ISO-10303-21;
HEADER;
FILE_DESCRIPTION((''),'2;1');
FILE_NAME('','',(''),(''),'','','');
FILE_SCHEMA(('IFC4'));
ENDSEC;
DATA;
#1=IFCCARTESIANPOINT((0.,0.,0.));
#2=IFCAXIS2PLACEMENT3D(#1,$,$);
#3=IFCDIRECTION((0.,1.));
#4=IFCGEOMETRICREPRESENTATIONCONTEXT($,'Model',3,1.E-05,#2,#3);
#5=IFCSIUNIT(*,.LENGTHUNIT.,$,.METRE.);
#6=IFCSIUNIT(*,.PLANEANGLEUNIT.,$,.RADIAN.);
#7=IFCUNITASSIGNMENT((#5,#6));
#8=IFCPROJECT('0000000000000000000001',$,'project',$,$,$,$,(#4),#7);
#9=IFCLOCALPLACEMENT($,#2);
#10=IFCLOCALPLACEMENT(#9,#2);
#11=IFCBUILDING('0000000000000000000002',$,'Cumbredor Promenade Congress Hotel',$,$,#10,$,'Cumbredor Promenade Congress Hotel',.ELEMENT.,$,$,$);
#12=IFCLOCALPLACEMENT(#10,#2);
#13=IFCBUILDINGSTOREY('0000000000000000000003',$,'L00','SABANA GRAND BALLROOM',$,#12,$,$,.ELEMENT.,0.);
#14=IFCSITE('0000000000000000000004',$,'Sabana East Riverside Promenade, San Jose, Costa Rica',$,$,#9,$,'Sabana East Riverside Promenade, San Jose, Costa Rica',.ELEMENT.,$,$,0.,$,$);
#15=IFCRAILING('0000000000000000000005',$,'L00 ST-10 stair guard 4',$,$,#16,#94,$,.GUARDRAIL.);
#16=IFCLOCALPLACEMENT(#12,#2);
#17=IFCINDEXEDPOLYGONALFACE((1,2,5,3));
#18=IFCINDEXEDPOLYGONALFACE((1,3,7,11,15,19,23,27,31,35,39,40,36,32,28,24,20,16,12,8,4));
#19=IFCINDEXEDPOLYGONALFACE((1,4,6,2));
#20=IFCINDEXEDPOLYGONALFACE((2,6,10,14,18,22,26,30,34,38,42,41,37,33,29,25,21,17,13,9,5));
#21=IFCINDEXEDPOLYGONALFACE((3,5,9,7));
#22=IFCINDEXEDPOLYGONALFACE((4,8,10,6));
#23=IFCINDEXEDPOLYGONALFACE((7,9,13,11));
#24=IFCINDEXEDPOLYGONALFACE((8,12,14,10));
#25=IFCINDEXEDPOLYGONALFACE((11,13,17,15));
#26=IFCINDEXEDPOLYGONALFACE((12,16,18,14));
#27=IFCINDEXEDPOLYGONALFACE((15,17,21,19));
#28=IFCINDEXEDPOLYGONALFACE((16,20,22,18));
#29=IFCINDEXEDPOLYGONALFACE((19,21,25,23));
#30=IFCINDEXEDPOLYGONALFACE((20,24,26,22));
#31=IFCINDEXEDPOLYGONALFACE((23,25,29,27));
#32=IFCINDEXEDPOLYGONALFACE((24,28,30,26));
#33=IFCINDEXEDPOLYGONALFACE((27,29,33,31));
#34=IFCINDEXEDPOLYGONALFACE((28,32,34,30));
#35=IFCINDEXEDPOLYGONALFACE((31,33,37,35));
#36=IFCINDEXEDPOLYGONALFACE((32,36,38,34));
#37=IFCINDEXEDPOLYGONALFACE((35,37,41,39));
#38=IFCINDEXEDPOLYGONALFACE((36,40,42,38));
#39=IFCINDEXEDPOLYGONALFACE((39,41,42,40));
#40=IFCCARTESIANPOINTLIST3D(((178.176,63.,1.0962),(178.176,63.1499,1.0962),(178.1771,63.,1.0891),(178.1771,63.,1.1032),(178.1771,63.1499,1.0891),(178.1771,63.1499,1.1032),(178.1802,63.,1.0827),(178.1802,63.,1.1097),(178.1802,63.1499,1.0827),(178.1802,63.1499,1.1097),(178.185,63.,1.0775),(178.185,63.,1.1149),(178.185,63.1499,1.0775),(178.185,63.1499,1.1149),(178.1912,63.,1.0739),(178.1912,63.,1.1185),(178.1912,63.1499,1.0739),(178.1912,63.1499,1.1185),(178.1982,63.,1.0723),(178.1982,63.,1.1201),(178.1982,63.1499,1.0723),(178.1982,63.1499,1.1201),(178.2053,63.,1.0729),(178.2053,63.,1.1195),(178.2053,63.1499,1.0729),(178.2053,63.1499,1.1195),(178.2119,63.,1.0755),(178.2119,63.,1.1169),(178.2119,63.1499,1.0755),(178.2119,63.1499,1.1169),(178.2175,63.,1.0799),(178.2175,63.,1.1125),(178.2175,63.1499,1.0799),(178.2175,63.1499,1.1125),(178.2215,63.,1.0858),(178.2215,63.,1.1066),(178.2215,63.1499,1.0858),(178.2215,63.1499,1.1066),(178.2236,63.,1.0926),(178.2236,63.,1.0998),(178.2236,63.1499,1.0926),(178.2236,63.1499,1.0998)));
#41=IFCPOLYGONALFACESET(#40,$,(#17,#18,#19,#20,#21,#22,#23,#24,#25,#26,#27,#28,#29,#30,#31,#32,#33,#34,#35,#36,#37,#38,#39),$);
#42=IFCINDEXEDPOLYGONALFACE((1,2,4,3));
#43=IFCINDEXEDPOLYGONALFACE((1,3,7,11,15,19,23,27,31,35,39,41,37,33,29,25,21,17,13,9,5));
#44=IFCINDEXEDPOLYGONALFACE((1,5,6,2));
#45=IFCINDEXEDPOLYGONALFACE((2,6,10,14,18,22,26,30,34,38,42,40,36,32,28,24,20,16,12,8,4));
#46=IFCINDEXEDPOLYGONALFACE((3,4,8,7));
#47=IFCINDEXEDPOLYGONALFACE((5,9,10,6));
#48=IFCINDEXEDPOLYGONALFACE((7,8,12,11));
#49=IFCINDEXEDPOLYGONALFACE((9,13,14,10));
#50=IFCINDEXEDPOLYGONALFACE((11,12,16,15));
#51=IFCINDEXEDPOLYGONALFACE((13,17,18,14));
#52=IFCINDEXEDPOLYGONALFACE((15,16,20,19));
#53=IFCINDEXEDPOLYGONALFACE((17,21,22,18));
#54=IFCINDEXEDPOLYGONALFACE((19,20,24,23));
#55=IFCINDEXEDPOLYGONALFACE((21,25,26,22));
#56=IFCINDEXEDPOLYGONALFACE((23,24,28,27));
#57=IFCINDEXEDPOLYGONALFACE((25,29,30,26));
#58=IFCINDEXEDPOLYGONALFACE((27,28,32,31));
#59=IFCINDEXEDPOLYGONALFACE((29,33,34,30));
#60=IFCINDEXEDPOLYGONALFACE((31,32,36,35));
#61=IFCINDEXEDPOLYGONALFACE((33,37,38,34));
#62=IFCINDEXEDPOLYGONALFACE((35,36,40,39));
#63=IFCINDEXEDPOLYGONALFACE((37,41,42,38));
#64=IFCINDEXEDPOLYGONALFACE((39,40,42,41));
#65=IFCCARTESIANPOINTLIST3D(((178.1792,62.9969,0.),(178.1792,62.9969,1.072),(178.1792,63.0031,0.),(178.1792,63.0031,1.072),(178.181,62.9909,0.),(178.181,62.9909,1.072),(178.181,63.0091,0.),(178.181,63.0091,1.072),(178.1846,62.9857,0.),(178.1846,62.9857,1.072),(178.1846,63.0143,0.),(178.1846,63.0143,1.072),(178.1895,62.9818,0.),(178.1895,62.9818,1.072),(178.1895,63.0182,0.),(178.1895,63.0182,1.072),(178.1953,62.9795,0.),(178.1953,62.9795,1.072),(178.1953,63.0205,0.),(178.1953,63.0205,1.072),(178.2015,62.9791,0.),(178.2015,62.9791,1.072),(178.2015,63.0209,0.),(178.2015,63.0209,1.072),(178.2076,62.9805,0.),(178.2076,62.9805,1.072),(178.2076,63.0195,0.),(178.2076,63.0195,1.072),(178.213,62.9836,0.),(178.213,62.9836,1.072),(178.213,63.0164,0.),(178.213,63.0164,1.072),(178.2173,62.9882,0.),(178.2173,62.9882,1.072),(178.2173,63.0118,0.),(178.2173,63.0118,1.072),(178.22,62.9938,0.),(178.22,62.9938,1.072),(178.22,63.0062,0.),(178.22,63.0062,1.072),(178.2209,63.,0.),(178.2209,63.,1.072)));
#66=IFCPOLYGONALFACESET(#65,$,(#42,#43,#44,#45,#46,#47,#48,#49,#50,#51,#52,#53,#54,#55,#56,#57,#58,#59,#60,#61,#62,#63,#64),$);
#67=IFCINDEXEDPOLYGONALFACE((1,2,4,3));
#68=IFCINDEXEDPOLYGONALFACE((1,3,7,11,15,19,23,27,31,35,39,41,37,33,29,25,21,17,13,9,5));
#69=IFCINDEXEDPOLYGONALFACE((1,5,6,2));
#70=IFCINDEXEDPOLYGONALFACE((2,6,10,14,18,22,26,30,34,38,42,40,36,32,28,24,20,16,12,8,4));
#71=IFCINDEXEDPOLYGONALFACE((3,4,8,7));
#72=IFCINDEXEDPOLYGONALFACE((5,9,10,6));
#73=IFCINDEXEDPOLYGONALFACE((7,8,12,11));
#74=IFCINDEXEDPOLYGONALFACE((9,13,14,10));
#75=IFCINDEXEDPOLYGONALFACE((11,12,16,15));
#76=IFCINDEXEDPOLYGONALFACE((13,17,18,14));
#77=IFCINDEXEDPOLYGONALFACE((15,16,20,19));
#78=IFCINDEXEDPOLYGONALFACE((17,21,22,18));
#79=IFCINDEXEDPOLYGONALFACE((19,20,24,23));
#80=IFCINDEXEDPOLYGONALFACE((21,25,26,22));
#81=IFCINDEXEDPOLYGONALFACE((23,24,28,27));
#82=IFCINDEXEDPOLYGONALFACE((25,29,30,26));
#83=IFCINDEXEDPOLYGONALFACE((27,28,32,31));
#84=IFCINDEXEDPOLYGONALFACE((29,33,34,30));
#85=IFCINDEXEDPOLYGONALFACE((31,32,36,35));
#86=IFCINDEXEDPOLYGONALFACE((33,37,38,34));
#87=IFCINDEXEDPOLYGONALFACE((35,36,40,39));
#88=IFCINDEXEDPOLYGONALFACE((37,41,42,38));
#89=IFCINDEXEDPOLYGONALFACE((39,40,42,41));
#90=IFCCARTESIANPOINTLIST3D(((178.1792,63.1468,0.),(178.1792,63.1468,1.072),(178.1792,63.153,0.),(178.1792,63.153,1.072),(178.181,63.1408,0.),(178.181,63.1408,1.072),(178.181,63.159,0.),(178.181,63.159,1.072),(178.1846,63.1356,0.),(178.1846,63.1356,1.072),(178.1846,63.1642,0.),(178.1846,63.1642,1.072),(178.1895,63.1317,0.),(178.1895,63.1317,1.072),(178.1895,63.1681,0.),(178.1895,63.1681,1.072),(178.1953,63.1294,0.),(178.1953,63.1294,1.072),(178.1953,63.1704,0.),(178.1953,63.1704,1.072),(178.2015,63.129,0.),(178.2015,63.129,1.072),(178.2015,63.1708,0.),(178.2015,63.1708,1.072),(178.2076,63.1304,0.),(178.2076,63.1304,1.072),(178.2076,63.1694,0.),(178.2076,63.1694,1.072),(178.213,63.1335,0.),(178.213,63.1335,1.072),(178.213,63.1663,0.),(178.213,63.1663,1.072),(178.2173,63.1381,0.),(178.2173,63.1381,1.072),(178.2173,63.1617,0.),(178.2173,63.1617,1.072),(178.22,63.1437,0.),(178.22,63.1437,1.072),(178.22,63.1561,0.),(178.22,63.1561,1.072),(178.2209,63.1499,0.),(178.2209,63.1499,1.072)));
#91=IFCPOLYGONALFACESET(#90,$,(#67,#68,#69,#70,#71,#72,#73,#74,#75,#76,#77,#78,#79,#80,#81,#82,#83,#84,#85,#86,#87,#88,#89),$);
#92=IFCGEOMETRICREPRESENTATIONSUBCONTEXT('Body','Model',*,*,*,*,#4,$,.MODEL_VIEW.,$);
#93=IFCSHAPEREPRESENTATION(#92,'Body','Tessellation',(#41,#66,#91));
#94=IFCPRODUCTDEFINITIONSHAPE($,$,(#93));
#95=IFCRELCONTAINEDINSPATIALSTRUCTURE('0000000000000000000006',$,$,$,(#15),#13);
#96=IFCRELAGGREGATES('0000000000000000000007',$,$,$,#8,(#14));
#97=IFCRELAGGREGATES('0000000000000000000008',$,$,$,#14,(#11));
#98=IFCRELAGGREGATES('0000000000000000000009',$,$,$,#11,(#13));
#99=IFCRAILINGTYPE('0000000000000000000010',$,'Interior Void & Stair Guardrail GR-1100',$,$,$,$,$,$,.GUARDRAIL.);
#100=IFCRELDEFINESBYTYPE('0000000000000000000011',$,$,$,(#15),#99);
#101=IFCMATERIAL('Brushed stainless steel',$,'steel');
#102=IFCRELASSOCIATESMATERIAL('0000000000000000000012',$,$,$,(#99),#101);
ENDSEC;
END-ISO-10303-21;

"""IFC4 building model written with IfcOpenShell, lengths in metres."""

from ifc_helpers import new_model, si_unit, direction, frame, origin, origin_2d, place, context, subcontext, project, spatial, circle, extrude, material, type_object, element, save


model = new_model("IFC4")

# Units and contexts
model_context = context("Model", 3, precision=1e-05, world=origin(), true_north=direction((0.0, 1.0)))
body_context = subcontext(model_context, "Body", "Model", "MODEL_VIEW")
ifc_project = project(units=[si_unit("LENGTHUNIT", "METRE"), si_unit("PLANEANGLEUNIT", "RADIAN")], contexts=[model_context])

# Site, building, storey
site_placement = place(None, origin())
site = spatial("IfcSite", under=ifc_project, at=site_placement, Name="Sabana East Riverside Promenade, San Jose, Costa Rica", LongName="Sabana East Riverside Promenade, San Jose, Costa Rica", CompositionType="ELEMENT", RefElevation=0.0)
building_placement = place(site_placement, origin())
building = spatial("IfcBuilding", under=site, at=building_placement, Name="Cumbredor Promenade Congress Hotel", LongName="Cumbredor Promenade Congress Hotel", CompositionType="ELEMENT")
storey_placement = place(building_placement, origin())
storey = spatial("IfcBuildingStorey", under=building, at=storey_placement, Name="L00", Description="SABANA GRAND BALLROOM", CompositionType="ELEMENT", Elevation=0.0)

# Railing
ifc_material_1 = material(Name="Brushed stainless steel", Category="steel")
railing_type_1 = type_object("IfcRailingType", Name="Interior Void & Stair Guardrail GR-1100", PredefinedType="GUARDRAIL", material=ifc_material_1)
railing_1_placement = place(storey_placement, frame((178.2, 63.0, 0.0)))
element("IfcRailing", 1, at=railing_1_placement, inside=storey, type_object=railing_type_1, Name="L00 ST-10 stair guard 4", PredefinedType="GUARDRAIL", context=body_context, shape_type="SweptSolid", body=[
    extrude(circle(Radius=0.0239, at=origin_2d()), frame((0.0, 0.0, 1.0962), z_axis=(0.0, 1.0, 0.0), x_axis=(-1.0, 0.0, 0.0)), (0.0, 0.0, 1.0), 0.1499),
    extrude(circle(Radius=0.021, at=origin_2d()), origin(), (0.0, 0.0, 1.0), 1.072),
    extrude(circle(Radius=0.021, at=origin_2d()), frame((0.0, 0.1499, 0.0)), (0.0, 0.0, 1.0), 1.072),
])

save(model, "model.ifc")
